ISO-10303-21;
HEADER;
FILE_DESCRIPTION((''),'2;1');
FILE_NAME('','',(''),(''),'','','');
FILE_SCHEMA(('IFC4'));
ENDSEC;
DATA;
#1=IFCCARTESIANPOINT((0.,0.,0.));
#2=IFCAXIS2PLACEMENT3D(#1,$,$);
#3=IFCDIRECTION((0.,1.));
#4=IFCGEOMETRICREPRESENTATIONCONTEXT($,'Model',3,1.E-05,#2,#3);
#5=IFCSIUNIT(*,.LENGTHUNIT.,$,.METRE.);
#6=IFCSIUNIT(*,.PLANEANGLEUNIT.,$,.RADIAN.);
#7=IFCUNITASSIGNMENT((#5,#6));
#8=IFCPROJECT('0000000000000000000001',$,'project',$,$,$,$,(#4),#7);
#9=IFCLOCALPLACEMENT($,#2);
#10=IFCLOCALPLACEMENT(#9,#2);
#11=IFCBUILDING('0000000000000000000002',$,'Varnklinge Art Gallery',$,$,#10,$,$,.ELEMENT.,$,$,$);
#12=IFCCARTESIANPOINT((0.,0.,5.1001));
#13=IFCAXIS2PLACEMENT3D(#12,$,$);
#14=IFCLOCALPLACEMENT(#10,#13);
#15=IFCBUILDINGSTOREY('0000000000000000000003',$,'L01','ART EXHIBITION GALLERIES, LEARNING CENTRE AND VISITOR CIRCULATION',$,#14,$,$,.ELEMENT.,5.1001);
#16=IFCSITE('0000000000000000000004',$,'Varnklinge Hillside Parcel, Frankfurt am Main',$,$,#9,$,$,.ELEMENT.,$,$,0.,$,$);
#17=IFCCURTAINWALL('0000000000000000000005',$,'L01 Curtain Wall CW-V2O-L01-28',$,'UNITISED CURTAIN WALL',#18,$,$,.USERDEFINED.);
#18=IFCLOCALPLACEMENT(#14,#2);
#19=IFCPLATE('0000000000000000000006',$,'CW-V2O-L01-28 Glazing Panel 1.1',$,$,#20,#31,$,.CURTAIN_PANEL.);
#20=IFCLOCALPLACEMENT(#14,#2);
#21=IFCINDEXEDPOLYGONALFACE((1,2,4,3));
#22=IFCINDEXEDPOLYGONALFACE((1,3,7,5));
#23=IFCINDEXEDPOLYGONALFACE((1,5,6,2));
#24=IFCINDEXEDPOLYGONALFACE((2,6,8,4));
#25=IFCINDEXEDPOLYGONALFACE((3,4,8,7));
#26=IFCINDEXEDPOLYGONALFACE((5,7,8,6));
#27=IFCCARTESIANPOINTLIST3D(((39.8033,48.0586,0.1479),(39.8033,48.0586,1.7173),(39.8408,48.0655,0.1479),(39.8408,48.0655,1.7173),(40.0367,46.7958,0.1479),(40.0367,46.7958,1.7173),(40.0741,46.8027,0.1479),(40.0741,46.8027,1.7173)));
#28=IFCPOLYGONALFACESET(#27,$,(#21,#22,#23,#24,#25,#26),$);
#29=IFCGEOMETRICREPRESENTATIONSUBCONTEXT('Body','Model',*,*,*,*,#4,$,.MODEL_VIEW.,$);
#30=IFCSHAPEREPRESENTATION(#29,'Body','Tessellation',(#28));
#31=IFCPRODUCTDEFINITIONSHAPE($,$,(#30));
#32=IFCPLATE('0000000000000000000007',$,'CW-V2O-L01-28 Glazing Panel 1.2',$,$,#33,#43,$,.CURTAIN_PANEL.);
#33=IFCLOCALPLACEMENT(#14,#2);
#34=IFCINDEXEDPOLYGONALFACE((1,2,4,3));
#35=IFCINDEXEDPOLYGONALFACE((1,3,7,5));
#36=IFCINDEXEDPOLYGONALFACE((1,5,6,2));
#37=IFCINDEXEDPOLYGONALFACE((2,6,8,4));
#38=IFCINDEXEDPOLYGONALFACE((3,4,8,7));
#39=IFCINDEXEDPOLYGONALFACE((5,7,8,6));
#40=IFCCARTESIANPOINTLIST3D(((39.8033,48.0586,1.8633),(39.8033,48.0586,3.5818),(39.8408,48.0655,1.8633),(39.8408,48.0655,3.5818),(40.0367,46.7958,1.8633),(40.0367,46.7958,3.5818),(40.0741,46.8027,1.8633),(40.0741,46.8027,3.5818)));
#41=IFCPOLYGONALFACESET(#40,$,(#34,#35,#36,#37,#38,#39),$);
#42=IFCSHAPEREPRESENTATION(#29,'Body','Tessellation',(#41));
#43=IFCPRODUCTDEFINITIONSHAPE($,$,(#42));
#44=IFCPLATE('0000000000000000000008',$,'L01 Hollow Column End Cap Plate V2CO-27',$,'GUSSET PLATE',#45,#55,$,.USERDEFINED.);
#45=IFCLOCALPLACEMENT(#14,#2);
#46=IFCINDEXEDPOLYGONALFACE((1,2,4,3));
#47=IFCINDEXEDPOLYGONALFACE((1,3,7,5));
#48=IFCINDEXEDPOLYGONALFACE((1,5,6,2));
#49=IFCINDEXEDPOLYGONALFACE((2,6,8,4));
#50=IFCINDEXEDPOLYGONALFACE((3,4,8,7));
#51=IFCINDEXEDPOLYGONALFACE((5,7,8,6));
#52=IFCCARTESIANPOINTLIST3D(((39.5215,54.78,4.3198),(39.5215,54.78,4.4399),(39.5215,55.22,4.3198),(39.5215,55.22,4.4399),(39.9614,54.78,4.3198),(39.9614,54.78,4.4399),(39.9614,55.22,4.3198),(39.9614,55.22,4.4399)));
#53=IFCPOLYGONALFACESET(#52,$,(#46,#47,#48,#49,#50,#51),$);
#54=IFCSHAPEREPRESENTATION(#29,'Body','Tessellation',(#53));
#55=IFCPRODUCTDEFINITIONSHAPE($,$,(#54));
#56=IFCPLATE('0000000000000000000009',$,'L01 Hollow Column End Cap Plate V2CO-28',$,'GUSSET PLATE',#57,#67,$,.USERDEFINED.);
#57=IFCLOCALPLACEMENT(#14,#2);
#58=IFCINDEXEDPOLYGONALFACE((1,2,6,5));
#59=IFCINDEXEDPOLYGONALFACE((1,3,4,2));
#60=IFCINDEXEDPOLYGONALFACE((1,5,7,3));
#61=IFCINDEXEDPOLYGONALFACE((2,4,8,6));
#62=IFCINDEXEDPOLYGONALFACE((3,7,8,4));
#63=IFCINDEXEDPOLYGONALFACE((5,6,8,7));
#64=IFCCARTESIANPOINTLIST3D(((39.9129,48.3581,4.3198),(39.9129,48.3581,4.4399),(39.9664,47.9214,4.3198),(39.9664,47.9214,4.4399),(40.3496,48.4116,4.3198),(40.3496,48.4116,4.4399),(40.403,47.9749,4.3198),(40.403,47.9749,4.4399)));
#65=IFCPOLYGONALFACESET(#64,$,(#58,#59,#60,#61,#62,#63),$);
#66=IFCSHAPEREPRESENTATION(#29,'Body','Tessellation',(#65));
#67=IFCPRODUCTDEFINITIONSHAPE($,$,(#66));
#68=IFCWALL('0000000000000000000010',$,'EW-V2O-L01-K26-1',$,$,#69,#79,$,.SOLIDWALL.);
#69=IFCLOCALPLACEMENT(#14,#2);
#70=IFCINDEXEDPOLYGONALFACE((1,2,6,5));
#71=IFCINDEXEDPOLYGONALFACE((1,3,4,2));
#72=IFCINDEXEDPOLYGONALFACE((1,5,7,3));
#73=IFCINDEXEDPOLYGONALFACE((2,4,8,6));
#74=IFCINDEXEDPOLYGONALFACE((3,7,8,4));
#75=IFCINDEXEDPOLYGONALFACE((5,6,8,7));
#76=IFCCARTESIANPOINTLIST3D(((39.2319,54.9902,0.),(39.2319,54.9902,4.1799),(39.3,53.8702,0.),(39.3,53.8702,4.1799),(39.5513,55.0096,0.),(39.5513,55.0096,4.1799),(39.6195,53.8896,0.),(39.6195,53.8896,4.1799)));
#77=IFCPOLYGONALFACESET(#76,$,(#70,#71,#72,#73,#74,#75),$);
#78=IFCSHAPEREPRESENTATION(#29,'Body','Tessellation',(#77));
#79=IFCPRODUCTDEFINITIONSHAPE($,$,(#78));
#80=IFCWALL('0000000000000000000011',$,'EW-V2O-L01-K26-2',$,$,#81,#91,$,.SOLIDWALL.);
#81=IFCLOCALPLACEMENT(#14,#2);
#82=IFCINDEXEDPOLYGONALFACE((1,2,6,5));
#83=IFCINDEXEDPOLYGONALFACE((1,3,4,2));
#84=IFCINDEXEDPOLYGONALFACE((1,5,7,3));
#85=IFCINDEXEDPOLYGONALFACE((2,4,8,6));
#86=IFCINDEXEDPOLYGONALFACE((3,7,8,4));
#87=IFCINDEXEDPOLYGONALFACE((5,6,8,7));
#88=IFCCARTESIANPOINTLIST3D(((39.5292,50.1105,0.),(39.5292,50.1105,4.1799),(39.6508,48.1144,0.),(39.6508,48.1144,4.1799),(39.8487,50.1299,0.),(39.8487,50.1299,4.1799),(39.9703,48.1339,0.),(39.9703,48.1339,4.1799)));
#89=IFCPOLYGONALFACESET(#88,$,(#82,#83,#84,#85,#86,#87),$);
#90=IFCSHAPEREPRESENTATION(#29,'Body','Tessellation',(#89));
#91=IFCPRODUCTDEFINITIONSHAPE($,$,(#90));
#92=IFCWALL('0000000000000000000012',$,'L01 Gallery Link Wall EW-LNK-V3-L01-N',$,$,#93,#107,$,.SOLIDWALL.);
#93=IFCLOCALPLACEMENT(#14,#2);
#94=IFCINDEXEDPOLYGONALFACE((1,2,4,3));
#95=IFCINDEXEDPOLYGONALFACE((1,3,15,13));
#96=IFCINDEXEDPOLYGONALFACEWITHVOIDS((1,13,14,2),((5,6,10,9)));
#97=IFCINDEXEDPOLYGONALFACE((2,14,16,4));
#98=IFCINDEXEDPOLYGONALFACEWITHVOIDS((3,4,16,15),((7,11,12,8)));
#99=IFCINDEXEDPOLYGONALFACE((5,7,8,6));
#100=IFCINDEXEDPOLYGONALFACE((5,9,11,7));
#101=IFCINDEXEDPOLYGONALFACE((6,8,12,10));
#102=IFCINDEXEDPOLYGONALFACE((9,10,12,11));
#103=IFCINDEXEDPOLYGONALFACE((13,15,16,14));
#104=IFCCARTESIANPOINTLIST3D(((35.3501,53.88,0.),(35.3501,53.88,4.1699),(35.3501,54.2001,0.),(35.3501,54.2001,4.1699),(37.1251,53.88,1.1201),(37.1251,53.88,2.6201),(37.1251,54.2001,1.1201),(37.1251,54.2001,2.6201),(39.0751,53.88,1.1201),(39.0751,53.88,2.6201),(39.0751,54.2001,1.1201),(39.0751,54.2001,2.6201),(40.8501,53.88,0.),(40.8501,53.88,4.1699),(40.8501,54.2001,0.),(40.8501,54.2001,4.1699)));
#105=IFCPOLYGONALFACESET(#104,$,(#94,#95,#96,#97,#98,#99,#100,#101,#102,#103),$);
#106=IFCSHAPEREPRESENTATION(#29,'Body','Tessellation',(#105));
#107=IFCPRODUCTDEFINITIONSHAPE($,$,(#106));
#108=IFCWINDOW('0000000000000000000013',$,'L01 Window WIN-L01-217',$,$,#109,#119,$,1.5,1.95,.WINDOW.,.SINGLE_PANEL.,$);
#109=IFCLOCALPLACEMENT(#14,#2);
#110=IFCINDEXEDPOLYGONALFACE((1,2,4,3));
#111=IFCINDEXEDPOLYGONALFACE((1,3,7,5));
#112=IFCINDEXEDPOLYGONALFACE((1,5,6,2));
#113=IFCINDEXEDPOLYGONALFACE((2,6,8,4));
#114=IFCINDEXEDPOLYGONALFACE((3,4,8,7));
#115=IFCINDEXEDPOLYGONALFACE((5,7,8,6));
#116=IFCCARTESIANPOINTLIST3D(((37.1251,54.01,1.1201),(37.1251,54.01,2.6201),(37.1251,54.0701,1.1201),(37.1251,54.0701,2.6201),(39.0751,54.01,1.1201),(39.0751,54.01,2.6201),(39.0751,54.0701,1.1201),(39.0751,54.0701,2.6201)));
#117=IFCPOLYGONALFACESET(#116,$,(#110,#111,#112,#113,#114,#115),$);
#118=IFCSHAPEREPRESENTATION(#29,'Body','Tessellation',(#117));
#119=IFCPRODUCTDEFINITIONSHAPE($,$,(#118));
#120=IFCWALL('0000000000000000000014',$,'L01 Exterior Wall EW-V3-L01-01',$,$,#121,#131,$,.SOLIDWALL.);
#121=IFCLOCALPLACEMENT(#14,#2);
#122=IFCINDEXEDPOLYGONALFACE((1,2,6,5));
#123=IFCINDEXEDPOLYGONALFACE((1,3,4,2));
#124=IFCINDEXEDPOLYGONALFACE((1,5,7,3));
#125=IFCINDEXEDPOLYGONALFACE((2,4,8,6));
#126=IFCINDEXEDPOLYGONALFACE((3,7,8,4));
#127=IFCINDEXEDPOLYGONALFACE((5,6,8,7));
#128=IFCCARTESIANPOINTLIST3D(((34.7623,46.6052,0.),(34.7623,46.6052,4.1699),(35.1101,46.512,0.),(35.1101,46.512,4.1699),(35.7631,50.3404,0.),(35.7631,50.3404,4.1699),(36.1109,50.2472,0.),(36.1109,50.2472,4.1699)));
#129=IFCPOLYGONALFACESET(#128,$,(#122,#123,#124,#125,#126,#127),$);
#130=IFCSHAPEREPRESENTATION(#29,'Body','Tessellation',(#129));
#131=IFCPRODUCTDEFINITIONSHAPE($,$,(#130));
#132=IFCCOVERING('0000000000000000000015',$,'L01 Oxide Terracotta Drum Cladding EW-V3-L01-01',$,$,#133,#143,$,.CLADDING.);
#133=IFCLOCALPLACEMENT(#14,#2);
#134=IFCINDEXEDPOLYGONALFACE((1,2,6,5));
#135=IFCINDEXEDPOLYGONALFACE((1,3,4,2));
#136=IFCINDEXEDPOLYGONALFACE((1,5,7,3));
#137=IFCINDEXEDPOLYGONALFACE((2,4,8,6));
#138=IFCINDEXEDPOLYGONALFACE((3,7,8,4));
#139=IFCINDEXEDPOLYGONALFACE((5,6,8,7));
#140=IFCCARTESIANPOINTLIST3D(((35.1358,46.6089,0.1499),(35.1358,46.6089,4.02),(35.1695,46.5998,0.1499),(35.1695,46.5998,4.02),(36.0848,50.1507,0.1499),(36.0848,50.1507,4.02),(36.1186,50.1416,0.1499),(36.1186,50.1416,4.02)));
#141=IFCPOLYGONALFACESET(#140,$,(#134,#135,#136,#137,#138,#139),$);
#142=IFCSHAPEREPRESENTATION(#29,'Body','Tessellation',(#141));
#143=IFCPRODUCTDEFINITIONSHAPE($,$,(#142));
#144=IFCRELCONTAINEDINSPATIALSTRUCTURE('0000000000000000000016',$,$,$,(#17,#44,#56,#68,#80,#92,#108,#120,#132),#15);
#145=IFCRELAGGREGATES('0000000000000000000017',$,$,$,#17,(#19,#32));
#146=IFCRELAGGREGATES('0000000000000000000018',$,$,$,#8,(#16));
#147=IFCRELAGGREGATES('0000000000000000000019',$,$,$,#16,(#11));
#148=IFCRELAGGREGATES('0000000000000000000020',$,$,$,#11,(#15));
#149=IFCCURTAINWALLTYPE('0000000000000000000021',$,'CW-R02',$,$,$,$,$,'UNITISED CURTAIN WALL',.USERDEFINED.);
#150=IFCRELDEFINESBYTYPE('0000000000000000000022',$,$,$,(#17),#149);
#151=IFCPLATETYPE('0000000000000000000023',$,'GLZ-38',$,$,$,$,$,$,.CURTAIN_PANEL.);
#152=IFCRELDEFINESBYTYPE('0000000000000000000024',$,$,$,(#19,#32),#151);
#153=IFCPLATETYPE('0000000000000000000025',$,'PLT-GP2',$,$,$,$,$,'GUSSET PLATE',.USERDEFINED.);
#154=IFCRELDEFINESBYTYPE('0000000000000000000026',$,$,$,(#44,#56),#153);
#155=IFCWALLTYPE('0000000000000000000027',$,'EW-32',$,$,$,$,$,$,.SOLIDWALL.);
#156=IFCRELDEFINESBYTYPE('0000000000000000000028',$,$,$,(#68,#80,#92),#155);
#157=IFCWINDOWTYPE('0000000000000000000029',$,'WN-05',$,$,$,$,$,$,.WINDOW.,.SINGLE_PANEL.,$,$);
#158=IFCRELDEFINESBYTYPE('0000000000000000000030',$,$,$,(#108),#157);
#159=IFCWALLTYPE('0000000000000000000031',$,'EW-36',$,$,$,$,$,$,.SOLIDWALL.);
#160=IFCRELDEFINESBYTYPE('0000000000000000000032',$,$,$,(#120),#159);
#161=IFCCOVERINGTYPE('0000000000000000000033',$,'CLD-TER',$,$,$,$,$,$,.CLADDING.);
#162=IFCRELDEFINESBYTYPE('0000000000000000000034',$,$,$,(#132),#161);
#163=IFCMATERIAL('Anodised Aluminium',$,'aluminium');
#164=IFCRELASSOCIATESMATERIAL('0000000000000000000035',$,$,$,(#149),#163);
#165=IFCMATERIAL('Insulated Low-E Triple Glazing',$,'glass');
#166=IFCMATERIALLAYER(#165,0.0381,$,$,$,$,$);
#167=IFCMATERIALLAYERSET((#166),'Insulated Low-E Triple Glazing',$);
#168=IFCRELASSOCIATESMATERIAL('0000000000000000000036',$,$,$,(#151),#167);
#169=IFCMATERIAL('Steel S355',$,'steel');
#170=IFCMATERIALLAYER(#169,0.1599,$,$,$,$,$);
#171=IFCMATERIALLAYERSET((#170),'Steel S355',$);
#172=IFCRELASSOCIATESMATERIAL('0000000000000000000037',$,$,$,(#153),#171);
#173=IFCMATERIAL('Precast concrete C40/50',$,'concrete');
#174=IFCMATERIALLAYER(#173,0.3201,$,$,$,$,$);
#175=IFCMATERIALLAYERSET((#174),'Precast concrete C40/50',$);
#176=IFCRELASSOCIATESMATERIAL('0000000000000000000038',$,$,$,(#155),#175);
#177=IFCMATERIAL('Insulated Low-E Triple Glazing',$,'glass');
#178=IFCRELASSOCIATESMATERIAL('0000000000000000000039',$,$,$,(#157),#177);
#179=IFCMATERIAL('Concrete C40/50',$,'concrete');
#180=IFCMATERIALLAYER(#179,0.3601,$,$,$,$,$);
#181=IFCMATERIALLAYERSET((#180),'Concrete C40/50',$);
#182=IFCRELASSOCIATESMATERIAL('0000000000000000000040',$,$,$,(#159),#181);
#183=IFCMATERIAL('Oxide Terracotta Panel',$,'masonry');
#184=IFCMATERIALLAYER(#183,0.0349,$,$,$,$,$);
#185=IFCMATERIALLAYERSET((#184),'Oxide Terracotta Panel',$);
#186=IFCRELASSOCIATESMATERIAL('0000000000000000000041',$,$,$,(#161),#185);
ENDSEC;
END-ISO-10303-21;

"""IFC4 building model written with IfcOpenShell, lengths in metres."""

from ifc_helpers import new_model, si_unit, direction, frame, frame_2d, origin, origin_2d, place, context, subcontext, project, spatial, rectangle, extrude, material, layer, layer_set, type_object, element, fill, aggregate, save


model = new_model("IFC4")

# Units and contexts
model_context = context("Model", 3, precision=1e-05, world=origin(), true_north=direction((0.0, 1.0)))
body_context = subcontext(model_context, "Body", "Model", "MODEL_VIEW")
ifc_project = project(units=[si_unit("LENGTHUNIT", "METRE"), si_unit("PLANEANGLEUNIT", "RADIAN")], contexts=[model_context])

# Site, building, storey
site_placement = place(None, origin())
site = spatial("IfcSite", under=ifc_project, at=site_placement, Name="Varnklinge Hillside Parcel, Frankfurt am Main", CompositionType="ELEMENT", RefElevation=0.0)
building_placement = place(site_placement, origin())
building = spatial("IfcBuilding", under=site, at=building_placement, Name="Varnklinge Art Gallery", CompositionType="ELEMENT")
storey_placement = place(building_placement, frame((0.0, 0.0, 5.1001)))
storey = spatial("IfcBuildingStorey", under=building, at=storey_placement, Name="L01", Description="ART EXHIBITION GALLERIES, LEARNING CENTRE AND VISITOR CIRCULATION", CompositionType="ELEMENT", Elevation=5.1001)

# Curtain wall
ifc_material_1 = material(Name="Anodised Aluminium", Category="aluminium")
curtain_wall_type = type_object("IfcCurtainWallType", Name="CW-R02", ElementType="UNITISED CURTAIN WALL", PredefinedType="USERDEFINED", material=ifc_material_1)
curtain_wall_1_placement = place(storey_placement, origin())
curtain_wall_1 = element("IfcCurtainWall", 1, at=curtain_wall_1_placement, inside=storey, type_object=curtain_wall_type, Name="L01 Curtain Wall CW-V2O-L01-28", ObjectType="UNITISED CURTAIN WALL", PredefinedType="USERDEFINED")

# Plates
ifc_material_2 = material(Name="Insulated Low-E Triple Glazing", Category="glass")
ifc_layer_1 = layer(ifc_material_2, 0.0381)
ifc_layer_set_1 = layer_set([ifc_layer_1], Name="Insulated Low-E Triple Glazing")
plate_type_1 = type_object("IfcPlateType", Name="GLZ-38", PredefinedType="CURTAIN_PANEL", material=ifc_layer_set_1)
plate_1_placement = place(storey_placement, frame((39.9387, 47.4307, 0.1479), z_axis=(0.0, 0.0, 1.0), x_axis=(0.181721, -0.98335, 0.0)))
plate_1 = element("IfcPlate", 2, at=plate_1_placement, type_object=plate_type_1, Name="CW-V2O-L01-28 Glazing Panel 1.1", PredefinedType="CURTAIN_PANEL", context=body_context, shape_type="SweptSolid", body=[
    extrude(rectangle(XDim=1.2842, YDim=0.0381, at=origin_2d()), origin(), (0.0, 0.0, 1.0), 1.5693),
])
plate_2_placement = place(storey_placement, frame((39.9387, 47.4307, 1.8633), z_axis=(0.0, 0.0, 1.0), x_axis=(0.181721, -0.98335, 0.0)))
plate_2 = element("IfcPlate", 3, at=plate_2_placement, type_object=plate_type_1, Name="CW-V2O-L01-28 Glazing Panel 1.2", PredefinedType="CURTAIN_PANEL", context=body_context, shape_type="SweptSolid", body=[
    extrude(rectangle(XDim=1.2842, YDim=0.0381, at=origin_2d()), origin(), (0.0, 0.0, 1.0), 1.7185),
])
aggregate(curtain_wall_1, [plate_1, plate_2])

# Plates
ifc_material_3 = material(Name="Steel S355", Category="steel")
ifc_layer_2 = layer(ifc_material_3, 0.1599)
ifc_layer_set_2 = layer_set([ifc_layer_2], Name="Steel S355")
plate_type_2 = type_object("IfcPlateType", Name="PLT-GP2", ElementType="GUSSET PLATE", PredefinedType="USERDEFINED", material=ifc_layer_set_2)
for number, where, z_axis, x_axis, name in (
    (4, (39.7415, 55.0, 4.3198), (0.0, 0.0, 1.0), (1.0, 0.0, 0.0), "L01 Hollow Column End Cap Plate V2CO-27"),
    (5, (40.158, 48.1665, 4.3198), (0.0, 0.0, 1.0), (0.992589, 0.121523, 0.0), "L01 Hollow Column End Cap Plate V2CO-28"),
):
    element("IfcPlate", number, at=place(storey_placement, frame(where, z_axis=z_axis, x_axis=x_axis)), inside=storey, type_object=plate_type_2, Name=name, ObjectType="GUSSET PLATE", PredefinedType="USERDEFINED", context=body_context, shape_type="SweptSolid", body=[
        extrude(rectangle(XDim=0.4399, YDim=0.4399, at=origin_2d()), origin(), (0.0, 0.0, 1.0), 0.1201),
    ])

# Walls
ifc_material_4 = material(Name="Precast concrete C40/50", Category="concrete")
ifc_layer_3 = layer(ifc_material_4, 0.3201)
ifc_layer_set_3 = layer_set([ifc_layer_3], Name="Precast concrete C40/50")
wall_type_1 = type_object("IfcWallType", Name="EW-32", PredefinedType="SOLIDWALL", material=ifc_layer_set_3)
wall_1_placement = place(storey_placement, frame((39.4597, 53.8799, 0.0), z_axis=(0.0, 0.0, 1.0), x_axis=(-0.060699, 0.998156, 0.0)))
element("IfcWall", 6, at=wall_1_placement, inside=storey, type_object=wall_type_1, Name="EW-V2O-L01-K26-1", PredefinedType="SOLIDWALL", context=body_context, shape_type="SweptSolid", body=[
    extrude(rectangle(XDim=1.1221, YDim=0.3201, at=frame_2d((0.561, 0.0))), origin(), (0.0, 0.0, 1.0), 4.1799),
])
wall_2_placement = place(storey_placement, frame((39.8105, 48.124, 0.0), z_axis=(0.0, 0.0, 1.0), x_axis=(-0.060797, 0.99815, 0.0)))
element("IfcWall", 7, at=wall_2_placement, inside=storey, type_object=wall_type_1, Name="EW-V2O-L01-K26-2", PredefinedType="SOLIDWALL", context=body_context, shape_type="SweptSolid", body=[
    extrude(rectangle(XDim=1.9998, YDim=0.3201, at=frame_2d((1.0, 0.0))), origin(), (0.0, 0.0, 1.0), 4.1799),
])

# Wall, opening, window
wall_3_placement = place(storey_placement, frame((35.3501, 54.04, 0.0), z_axis=(0.0, 0.0, 1.0), x_axis=(1.0, 0.0, 0.0)))
wall_3 = element("IfcWall", 8, at=wall_3_placement, inside=storey, type_object=wall_type_1, Name="L01 Gallery Link Wall EW-LNK-V3-L01-N", PredefinedType="SOLIDWALL", context=body_context, shape_type="SweptSolid", body=[
    extrude(rectangle(XDim=5.5, YDim=0.3201, at=frame_2d((2.75, 0.0))), origin(), (0.0, 0.0, 1.0), 4.1699),
])
opening_placement = place(wall_3_placement, frame((1.7749, 0.0, 1.1201)))
opening = element("IfcOpeningElement", 9, at=opening_placement, cuts=wall_3, PredefinedType="OPENING", context=body_context, shape_type="SweptSolid", body=[
    extrude(rectangle(XDim=1.95, YDim=1.5, at=frame_2d((0.9751, 0.75))), frame((0.0, 0.1702, 0.0), z_axis=(0.0, -1.0, 0.0), x_axis=(1.0, 0.0, 0.0)), (0.0, 0.0, 1.0), 0.3401),
])
ifc_material_5 = material(Name="Insulated Low-E Triple Glazing", Category="glass")
window_type = type_object("IfcWindowType", Name="WN-05", PartitioningType="SINGLE_PANEL", PredefinedType="WINDOW", material=ifc_material_5)
window_placement = place(opening_placement, origin())
window = element("IfcWindow", 10, at=window_placement, inside=storey, type_object=window_type, Name="L01 Window WIN-L01-217", OverallHeight=1.5, OverallWidth=1.95, PartitioningType="SINGLE_PANEL", PredefinedType="WINDOW", context=body_context, shape_type="SweptSolid", body=[
    extrude(rectangle(XDim=1.95, YDim=1.5, at=frame_2d((0.9751, 0.75))), frame((0.0, 0.03, 0.0), z_axis=(0.0, -1.0, 0.0), x_axis=(1.0, 0.0, 0.0)), (0.0, 0.0, 1.0), 0.0601),
])
fill(opening, window)

# Wall
ifc_material_6 = material(Name="Concrete C40/50", Category="concrete")
ifc_layer_4 = layer(ifc_material_6, 0.3601)
ifc_layer_set_4 = layer_set([ifc_layer_4], Name="Concrete C40/50")
wall_type_2 = type_object("IfcWallType", Name="EW-36", PredefinedType="SOLIDWALL", material=ifc_layer_set_4)
wall_4_placement = place(storey_placement, frame((35.937, 50.2939, 0.0), z_axis=(0.0, 0.0, 1.0), x_axis=(-0.258798, -0.965931, 0.0)))
element("IfcWall", 11, at=wall_4_placement, inside=storey, type_object=wall_type_2, Name="L01 Exterior Wall EW-V3-L01-01", PredefinedType="SOLIDWALL", context=body_context, shape_type="SweptSolid", body=[
    extrude(rectangle(XDim=3.8669, YDim=0.3601, at=frame_2d((1.9336, 0.0))), origin(), (0.0, 0.0, 1.0), 4.1699),
])

# Covering
ifc_material_7 = material(Name="Oxide Terracotta Panel", Category="masonry")
ifc_layer_5 = layer(ifc_material_7, 0.0349)
ifc_layer_set_5 = layer_set([ifc_layer_5], Name="Oxide Terracotta Panel")
covering_type = type_object("IfcCoveringType", Name="CLD-TER", PredefinedType="CLADDING", material=ifc_layer_set_5)
covering_placement = place(storey_placement, frame((35.6272, 48.3752, 0.1499), z_axis=(0.0, 0.0, 1.0), x_axis=(-0.258819, -0.965926, 0.0)))
element("IfcCovering", 12, at=covering_placement, inside=storey, type_object=covering_type, Name="L01 Oxide Terracotta Drum Cladding EW-V3-L01-01", PredefinedType="CLADDING", context=body_context, shape_type="SweptSolid", body=[
    extrude(rectangle(XDim=3.6667, YDim=0.0349, at=origin_2d()), origin(), (0.0, 0.0, 1.0), 3.8701),
])

save(model, "model.ifc")
